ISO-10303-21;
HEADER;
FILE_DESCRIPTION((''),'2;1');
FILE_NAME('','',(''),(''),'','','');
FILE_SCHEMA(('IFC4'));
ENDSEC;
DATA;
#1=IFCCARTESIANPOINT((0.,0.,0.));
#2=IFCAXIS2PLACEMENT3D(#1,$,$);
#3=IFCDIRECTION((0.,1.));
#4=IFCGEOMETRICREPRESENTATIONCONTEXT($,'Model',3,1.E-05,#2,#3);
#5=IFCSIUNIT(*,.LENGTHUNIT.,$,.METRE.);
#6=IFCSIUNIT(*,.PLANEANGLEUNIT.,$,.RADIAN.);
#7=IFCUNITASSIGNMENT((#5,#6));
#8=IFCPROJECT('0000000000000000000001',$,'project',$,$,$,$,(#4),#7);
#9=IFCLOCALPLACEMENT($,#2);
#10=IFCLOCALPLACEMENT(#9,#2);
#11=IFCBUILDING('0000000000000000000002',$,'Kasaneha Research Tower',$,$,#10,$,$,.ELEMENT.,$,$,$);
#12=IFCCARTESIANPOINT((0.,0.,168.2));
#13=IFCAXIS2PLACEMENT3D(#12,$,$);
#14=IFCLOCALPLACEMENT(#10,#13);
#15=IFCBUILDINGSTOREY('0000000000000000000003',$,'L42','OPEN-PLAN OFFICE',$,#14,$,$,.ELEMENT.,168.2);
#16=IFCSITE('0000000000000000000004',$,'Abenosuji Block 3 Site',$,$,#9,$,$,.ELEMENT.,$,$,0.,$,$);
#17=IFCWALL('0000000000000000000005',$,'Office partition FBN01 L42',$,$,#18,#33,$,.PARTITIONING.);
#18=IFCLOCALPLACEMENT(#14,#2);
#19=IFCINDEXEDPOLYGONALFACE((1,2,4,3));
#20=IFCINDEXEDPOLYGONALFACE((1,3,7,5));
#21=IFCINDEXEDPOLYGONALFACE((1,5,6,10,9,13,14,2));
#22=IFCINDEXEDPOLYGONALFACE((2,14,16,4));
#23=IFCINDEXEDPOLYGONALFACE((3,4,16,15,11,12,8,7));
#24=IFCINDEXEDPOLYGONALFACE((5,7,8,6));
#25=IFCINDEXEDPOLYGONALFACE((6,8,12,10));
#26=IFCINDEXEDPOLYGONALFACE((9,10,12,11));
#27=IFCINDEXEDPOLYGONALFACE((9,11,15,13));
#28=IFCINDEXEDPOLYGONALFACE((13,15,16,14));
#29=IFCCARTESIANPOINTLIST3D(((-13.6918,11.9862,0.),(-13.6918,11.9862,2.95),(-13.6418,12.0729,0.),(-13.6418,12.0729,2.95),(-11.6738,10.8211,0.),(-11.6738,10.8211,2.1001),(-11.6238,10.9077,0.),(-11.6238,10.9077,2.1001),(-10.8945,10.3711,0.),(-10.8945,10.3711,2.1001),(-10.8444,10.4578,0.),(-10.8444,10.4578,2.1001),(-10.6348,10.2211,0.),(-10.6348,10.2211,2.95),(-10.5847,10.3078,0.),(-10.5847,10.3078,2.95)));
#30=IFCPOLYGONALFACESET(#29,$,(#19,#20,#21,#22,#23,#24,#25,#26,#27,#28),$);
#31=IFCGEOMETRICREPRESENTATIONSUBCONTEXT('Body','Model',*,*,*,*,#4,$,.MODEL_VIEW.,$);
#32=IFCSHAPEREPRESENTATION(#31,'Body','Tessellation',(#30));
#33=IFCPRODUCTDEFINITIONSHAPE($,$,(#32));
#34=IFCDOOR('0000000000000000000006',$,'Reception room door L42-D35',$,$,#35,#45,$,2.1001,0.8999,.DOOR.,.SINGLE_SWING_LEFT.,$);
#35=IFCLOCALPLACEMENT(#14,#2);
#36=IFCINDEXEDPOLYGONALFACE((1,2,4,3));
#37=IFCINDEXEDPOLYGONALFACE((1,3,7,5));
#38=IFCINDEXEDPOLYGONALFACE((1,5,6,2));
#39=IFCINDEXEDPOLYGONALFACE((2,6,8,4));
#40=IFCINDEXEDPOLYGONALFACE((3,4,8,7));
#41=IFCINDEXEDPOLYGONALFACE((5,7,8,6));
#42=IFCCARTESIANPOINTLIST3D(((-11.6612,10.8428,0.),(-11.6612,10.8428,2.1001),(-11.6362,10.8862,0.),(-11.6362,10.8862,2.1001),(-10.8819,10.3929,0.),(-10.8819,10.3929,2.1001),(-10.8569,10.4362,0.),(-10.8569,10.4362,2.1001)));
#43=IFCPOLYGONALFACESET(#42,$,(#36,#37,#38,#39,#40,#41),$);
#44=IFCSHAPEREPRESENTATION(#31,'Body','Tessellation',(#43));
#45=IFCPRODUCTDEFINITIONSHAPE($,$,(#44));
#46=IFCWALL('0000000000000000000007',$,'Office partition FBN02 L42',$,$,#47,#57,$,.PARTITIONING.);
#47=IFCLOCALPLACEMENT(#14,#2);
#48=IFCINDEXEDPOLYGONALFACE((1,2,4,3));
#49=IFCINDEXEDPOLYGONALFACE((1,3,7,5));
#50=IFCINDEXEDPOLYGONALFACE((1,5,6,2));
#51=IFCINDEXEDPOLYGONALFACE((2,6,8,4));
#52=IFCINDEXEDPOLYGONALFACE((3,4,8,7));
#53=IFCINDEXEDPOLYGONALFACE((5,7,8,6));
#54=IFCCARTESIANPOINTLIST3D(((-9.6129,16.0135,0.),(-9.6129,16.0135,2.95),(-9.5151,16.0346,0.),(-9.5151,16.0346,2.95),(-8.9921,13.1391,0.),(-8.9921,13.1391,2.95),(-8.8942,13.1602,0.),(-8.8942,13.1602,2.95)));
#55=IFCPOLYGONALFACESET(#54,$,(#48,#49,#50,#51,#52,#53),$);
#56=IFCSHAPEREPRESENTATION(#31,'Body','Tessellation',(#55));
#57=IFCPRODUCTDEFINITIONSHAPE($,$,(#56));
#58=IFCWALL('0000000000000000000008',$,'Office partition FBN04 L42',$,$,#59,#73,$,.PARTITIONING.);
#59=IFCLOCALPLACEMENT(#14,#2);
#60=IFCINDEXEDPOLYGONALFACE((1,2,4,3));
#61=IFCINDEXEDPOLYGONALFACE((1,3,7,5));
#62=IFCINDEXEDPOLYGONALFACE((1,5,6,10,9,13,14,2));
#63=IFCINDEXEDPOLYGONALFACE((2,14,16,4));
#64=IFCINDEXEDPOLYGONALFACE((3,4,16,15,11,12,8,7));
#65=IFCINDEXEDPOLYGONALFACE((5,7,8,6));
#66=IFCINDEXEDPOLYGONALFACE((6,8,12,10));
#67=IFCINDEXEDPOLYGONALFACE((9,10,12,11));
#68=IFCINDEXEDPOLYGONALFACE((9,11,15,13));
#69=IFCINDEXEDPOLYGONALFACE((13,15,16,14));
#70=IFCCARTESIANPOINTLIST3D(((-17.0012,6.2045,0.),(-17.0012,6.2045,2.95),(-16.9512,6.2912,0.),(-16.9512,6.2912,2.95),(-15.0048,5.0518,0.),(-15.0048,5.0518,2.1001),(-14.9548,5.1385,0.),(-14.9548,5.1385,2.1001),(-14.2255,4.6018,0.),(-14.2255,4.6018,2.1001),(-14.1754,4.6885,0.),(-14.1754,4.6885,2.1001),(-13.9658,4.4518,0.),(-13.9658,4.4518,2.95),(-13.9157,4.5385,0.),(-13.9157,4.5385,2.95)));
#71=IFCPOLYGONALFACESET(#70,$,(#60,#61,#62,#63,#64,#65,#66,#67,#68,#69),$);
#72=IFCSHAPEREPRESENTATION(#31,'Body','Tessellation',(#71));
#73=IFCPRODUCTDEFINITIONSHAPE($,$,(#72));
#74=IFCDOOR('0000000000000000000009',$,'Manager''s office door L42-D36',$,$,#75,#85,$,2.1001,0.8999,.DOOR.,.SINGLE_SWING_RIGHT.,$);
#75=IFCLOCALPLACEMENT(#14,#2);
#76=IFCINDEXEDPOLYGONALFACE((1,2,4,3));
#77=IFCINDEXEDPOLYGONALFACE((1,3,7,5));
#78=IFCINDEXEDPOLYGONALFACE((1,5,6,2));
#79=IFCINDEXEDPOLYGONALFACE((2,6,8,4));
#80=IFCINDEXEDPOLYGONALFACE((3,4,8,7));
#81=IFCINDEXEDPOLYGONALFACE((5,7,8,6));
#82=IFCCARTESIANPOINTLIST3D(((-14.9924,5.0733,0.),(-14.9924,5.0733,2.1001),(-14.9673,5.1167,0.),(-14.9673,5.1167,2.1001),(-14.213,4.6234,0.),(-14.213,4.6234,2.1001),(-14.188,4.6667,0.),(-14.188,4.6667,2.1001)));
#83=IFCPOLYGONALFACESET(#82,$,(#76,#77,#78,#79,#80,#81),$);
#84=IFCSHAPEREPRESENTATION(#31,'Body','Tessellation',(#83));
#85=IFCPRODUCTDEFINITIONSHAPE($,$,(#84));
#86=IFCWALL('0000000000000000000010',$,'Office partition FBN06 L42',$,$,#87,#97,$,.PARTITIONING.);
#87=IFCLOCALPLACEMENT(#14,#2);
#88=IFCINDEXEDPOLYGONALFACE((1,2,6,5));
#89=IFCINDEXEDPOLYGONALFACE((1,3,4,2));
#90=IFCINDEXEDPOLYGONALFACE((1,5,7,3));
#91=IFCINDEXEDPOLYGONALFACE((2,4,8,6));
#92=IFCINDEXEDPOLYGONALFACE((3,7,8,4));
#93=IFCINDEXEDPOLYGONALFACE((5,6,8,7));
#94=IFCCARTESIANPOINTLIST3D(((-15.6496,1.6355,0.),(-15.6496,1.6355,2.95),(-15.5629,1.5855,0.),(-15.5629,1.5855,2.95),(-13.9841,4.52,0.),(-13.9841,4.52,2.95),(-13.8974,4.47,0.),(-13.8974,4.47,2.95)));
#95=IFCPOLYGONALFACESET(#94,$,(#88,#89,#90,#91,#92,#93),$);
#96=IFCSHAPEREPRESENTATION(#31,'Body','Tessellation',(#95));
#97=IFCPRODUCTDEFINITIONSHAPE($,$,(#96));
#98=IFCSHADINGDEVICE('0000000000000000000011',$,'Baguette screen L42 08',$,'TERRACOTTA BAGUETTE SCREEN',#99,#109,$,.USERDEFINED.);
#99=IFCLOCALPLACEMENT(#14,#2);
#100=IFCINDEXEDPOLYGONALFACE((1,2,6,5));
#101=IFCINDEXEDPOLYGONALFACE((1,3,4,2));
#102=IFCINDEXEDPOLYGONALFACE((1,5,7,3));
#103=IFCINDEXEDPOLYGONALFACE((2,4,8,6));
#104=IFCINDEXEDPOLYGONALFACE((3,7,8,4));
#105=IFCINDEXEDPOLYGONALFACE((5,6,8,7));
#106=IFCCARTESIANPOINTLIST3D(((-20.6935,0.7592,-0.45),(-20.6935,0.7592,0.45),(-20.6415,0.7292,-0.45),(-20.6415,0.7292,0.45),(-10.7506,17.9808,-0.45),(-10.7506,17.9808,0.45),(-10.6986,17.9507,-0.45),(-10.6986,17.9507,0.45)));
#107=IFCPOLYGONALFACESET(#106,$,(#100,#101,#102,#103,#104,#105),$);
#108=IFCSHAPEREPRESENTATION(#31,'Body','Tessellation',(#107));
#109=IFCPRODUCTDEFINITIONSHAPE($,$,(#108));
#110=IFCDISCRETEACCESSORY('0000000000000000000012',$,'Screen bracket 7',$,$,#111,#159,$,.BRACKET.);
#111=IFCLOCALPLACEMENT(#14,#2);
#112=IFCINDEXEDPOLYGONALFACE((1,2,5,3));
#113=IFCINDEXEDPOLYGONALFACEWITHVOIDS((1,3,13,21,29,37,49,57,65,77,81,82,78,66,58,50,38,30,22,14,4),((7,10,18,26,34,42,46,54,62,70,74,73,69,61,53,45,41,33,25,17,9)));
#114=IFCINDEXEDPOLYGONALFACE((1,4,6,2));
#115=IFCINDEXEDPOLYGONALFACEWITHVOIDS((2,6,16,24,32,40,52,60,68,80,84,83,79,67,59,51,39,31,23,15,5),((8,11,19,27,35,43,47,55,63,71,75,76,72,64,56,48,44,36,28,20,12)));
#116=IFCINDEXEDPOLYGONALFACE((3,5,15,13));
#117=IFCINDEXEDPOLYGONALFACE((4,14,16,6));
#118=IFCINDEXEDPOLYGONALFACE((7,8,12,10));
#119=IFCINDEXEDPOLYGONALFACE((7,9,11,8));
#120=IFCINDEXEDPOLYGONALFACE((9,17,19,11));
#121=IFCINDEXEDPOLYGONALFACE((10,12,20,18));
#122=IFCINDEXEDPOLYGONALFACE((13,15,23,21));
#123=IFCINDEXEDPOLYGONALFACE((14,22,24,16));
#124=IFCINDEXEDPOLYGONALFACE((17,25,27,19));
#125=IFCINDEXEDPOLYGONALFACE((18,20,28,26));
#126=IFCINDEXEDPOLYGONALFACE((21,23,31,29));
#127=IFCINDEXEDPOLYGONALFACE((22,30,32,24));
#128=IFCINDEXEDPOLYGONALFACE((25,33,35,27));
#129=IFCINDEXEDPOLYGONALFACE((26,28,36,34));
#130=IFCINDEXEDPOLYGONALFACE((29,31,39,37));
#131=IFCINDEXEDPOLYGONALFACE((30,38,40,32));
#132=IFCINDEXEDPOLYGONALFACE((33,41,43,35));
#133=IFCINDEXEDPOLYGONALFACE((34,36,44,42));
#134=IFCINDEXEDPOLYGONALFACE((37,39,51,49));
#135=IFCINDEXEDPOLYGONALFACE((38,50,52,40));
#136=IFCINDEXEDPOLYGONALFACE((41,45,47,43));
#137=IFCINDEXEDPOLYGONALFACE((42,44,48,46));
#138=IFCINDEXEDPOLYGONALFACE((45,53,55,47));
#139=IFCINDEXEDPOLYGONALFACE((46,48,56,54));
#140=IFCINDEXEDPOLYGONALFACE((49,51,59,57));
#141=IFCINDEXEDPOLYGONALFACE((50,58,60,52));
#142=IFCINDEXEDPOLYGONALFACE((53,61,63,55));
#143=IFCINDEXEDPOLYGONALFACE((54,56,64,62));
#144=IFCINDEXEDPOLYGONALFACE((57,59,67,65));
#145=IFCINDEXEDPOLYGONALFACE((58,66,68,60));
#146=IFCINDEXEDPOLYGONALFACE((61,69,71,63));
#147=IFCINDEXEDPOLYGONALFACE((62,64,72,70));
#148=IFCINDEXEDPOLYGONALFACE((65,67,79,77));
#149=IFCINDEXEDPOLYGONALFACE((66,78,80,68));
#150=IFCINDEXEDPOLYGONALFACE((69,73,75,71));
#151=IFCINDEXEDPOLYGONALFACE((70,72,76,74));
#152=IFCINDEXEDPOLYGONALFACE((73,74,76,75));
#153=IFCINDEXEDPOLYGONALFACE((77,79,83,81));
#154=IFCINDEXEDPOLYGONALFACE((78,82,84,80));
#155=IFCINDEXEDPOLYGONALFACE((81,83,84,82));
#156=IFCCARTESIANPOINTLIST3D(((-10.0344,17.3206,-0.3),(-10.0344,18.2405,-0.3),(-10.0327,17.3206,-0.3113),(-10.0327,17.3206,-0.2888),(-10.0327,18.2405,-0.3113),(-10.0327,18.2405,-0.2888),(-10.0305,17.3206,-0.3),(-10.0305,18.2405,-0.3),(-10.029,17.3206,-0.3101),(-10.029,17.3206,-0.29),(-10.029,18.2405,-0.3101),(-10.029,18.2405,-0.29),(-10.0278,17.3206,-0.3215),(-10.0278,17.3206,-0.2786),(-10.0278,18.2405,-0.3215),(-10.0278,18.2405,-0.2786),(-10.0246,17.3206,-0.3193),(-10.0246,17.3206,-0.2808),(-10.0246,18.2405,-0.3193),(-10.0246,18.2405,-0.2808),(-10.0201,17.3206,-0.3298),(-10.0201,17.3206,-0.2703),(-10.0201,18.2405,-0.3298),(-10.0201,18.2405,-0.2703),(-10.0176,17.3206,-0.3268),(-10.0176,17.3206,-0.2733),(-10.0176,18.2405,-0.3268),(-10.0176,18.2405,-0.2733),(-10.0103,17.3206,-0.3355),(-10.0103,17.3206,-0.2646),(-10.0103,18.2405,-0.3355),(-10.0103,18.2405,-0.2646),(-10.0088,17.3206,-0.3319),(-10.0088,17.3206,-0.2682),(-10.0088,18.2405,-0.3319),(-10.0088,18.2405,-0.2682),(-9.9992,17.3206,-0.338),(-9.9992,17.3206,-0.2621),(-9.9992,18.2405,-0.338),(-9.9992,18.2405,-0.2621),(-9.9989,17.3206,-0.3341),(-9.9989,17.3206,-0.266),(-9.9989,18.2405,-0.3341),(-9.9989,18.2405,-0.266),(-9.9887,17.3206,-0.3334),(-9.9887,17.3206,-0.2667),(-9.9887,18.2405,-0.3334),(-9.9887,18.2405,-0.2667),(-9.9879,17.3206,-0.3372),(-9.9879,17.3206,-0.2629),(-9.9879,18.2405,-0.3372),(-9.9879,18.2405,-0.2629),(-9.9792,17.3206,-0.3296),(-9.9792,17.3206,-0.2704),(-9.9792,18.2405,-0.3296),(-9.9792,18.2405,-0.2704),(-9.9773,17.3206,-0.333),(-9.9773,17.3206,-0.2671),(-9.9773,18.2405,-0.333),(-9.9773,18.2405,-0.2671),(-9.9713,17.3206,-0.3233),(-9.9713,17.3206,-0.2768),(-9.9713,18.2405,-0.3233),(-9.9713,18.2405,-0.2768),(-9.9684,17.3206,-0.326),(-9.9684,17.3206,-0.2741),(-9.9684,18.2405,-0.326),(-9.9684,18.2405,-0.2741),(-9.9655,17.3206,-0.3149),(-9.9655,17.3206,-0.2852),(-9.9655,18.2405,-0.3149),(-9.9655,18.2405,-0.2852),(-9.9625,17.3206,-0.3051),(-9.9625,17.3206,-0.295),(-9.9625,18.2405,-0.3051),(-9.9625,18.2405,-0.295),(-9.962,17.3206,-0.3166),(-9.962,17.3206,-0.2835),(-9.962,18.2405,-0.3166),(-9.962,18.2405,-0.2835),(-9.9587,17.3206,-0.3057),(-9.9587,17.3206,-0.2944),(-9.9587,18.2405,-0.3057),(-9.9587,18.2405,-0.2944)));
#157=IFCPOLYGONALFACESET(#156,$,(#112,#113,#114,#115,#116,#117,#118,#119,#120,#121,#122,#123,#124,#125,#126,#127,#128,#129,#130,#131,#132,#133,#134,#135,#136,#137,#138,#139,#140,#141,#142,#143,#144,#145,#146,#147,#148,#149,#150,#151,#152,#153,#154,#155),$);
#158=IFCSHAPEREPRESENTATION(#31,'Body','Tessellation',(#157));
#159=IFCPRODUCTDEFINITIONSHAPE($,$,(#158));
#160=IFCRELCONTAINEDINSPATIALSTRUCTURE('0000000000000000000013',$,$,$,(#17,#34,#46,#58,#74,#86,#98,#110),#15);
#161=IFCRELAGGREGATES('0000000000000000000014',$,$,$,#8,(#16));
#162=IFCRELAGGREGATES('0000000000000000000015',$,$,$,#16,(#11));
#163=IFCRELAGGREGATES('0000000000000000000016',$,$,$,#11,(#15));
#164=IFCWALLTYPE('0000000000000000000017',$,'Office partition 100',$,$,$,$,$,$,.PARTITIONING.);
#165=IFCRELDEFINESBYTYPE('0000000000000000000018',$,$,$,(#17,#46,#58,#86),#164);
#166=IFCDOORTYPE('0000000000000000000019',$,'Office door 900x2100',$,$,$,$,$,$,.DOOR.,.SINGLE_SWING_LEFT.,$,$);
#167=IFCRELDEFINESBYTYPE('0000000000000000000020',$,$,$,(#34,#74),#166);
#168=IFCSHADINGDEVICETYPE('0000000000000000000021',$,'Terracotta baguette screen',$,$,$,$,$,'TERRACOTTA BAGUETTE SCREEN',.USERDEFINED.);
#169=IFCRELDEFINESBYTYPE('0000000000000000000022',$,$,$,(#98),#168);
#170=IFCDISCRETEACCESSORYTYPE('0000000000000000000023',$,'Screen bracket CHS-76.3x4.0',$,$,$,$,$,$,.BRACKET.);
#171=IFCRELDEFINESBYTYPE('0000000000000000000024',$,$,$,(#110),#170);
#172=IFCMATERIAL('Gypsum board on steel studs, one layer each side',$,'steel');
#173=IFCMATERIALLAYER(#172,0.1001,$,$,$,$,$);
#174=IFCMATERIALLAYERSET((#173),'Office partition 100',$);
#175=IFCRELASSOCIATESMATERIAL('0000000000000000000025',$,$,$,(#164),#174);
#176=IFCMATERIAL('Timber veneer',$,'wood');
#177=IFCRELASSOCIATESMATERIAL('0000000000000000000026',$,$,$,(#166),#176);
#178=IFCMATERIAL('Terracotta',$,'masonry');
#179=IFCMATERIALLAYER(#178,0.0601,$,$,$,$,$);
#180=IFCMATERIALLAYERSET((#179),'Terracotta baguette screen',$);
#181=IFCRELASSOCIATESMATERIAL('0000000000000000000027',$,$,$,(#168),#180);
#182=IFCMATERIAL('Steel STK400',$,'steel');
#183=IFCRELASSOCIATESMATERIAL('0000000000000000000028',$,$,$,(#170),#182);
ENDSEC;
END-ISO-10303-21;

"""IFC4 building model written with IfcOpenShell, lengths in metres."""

from ifc_helpers import new_model, si_unit, direction, frame, frame_2d, origin, origin_2d, place, context, subcontext, project, spatial, rectangle, hollow_circle, extrude, material, layer, layer_set, material_profile, profile_set, type_object, element, fill, save


model = new_model("IFC4")

# Units and contexts
model_context = context("Model", 3, precision=1e-05, world=origin(), true_north=direction((0.0, 1.0)))
body_context = subcontext(model_context, "Body", "Model", "MODEL_VIEW")
ifc_project = project(units=[si_unit("LENGTHUNIT", "METRE"), si_unit("PLANEANGLEUNIT", "RADIAN")], contexts=[model_context])

# Site, building, storey
site_placement = place(None, origin())
site = spatial("IfcSite", under=ifc_project, at=site_placement, Name="Abenosuji Block 3 Site", CompositionType="ELEMENT", RefElevation=0.0)
building_placement = place(site_placement, origin())
building = spatial("IfcBuilding", under=site, at=building_placement, Name="Kasaneha Research Tower", CompositionType="ELEMENT")
storey_placement = place(building_placement, frame((0.0, 0.0, 168.2)))
storey = spatial("IfcBuildingStorey", under=building, at=storey_placement, Name="L42", Description="OPEN-PLAN OFFICE", CompositionType="ELEMENT", Elevation=168.2)

# Wall, opening, door
ifc_material_1 = material(Name="Gypsum board on steel studs, one layer each side", Category="steel")
ifc_layer_1 = layer(ifc_material_1, 0.1001)
ifc_layer_set_1 = layer_set([ifc_layer_1], Name="Office partition 100")
wall_type = type_object("IfcWallType", Name="Office partition 100", PredefinedType="PARTITIONING", material=ifc_layer_set_1)
wall_1_placement = place(storey_placement, frame((-10.6096, 10.2644, 0.0), z_axis=(0.0, 0.0, 1.0), x_axis=(-0.866013, 0.500022, 0.0)))
wall_1 = element("IfcWall", 1, at=wall_1_placement, inside=storey, type_object=wall_type, Name="Office partition FBN01 L42", PredefinedType="PARTITIONING", context=body_context, shape_type="SweptSolid", body=[
    extrude(rectangle(XDim=3.53, YDim=0.1001, at=frame_2d((1.7651, 0.0))), origin(), (0.0, 0.0, 1.0), 2.95),
])
opening_1_placement = place(wall_1_placement, frame((0.3, 0.0, 0.0)))
opening_1 = element("IfcOpeningElement", 2, at=opening_1_placement, cuts=wall_1, PredefinedType="OPENING", context=body_context, shape_type="SweptSolid", body=[
    extrude(rectangle(XDim=0.8999, YDim=2.1001, at=frame_2d((0.45, 1.05))), frame((0.0, 0.0601, 0.0), z_axis=(0.0, -1.0, 0.0), x_axis=(1.0, 0.0, 0.0)), (0.0, 0.0, 1.0), 0.1201),
])
ifc_material_2 = material(Name="Timber veneer", Category="wood")
door_type = type_object("IfcDoorType", Name="Office door 900x2100", OperationType="SINGLE_SWING_LEFT", PredefinedType="DOOR", material=ifc_material_2)
door_1_placement = place(opening_1_placement, origin())
door_1 = element("IfcDoor", 3, at=door_1_placement, inside=storey, type_object=door_type, Name="Reception room door L42-D35", OperationType="SINGLE_SWING_LEFT", OverallHeight=2.1001, OverallWidth=0.8999, PredefinedType="DOOR", context=body_context, shape_type="SweptSolid", body=[
    extrude(rectangle(XDim=0.8999, YDim=2.1001, at=frame_2d((0.45, 1.05))), frame((0.0, 0.0249, 0.0), z_axis=(0.0, -1.0, 0.0), x_axis=(1.0, 0.0, 0.0)), (0.0, 0.0, 1.0), 0.05),
])
fill(opening_1, door_1)

# Wall
wall_2_placement = place(storey_placement, frame((-9.564, 16.0239, 0.0), z_axis=(0.0, 0.0, 1.0), x_axis=(0.211116, -0.977461, 0.0)))
element("IfcWall", 4, at=wall_2_placement, inside=storey, type_object=wall_type, Name="Office partition FBN02 L42", PredefinedType="PARTITIONING", context=body_context, shape_type="SweptSolid", body=[
    extrude(rectangle(XDim=2.9407, YDim=0.1001, at=frame_2d((1.4702, 0.0))), origin(), (0.0, 0.0, 1.0), 2.95),
])

# Wall, opening, door
wall_3_placement = place(storey_placement, frame((-16.9761, 6.2478, 0.0), z_axis=(0.0, 0.0, 1.0), x_axis=(0.866001, -0.500042, 0.0)))
wall_3 = element("IfcWall", 5, at=wall_3_placement, inside=storey, type_object=wall_type, Name="Office partition FBN04 L42", PredefinedType="PARTITIONING", context=body_context, shape_type="SweptSolid", body=[
    extrude(rectangle(XDim=3.5051, YDim=0.1001, at=frame_2d((1.7524, 0.0))), origin(), (0.0, 0.0, 1.0), 2.95),
])
opening_2_placement = place(wall_3_placement, frame((2.3052, 0.0, 0.0)))
opening_2 = element("IfcOpeningElement", 6, at=opening_2_placement, cuts=wall_3, PredefinedType="OPENING", context=body_context, shape_type="SweptSolid", body=[
    extrude(rectangle(XDim=0.8999, YDim=2.1001, at=frame_2d((0.45, 1.05))), frame((0.0, 0.0601, 0.0), z_axis=(0.0, -1.0, 0.0), x_axis=(1.0, 0.0, 0.0)), (0.0, 0.0, 1.0), 0.1201),
])
door_2_placement = place(opening_2_placement, origin())
door_2 = element("IfcDoor", 7, at=door_2_placement, inside=storey, type_object=door_type, Name="Manager's office door L42-D36", OperationType="SINGLE_SWING_RIGHT", OverallHeight=2.1001, OverallWidth=0.8999, PredefinedType="DOOR", context=body_context, shape_type="SweptSolid", body=[
    extrude(rectangle(XDim=0.8999, YDim=2.1001, at=frame_2d((0.45, 1.05))), frame((0.0, 0.0249, 0.0), z_axis=(0.0, -1.0, 0.0), x_axis=(1.0, 0.0, 0.0)), (0.0, 0.0, 1.0), 0.05),
])
fill(opening_2, door_2)

# Wall
wall_4_placement = place(storey_placement, frame((-13.9407, 4.4951, 0.0), z_axis=(0.0, 0.0, 1.0), x_axis=(-0.500033, -0.866006, 0.0)))
element("IfcWall", 8, at=wall_4_placement, inside=storey, type_object=wall_type, Name="Office partition FBN06 L42", PredefinedType="PARTITIONING", context=body_context, shape_type="SweptSolid", body=[
    extrude(rectangle(XDim=3.3308, YDim=0.1001, at=frame_2d((1.6655, 0.0))), origin(), (0.0, 0.0, 1.0), 2.95),
])

# Shading device
ifc_material_3 = material(Name="Terracotta", Category="masonry")
ifc_layer_2 = layer(ifc_material_3, 0.0601)
ifc_layer_set_2 = layer_set([ifc_layer_2], Name="Terracotta baguette screen")
shading_device_type = type_object("IfcShadingDeviceType", Name="Terracotta baguette screen", ElementType="TERRACOTTA BAGUETTE SCREEN", PredefinedType="USERDEFINED", material=ifc_layer_set_2)
shading_device_placement = place(storey_placement, frame((-15.696, 9.355, -0.45), z_axis=(0.0, 0.0, 1.0), x_axis=(-0.5, -0.866025, 0.0)))
element("IfcShadingDevice", 9, at=shading_device_placement, inside=storey, type_object=shading_device_type, Name="Baguette screen L42 08", ObjectType="TERRACOTTA BAGUETTE SCREEN", PredefinedType="USERDEFINED", context=body_context, shape_type="SweptSolid", body=[
    extrude(rectangle(XDim=19.8857, YDim=0.0601, at=origin_2d()), origin(), (0.0, 0.0, 1.0), 0.8999),
])

# Discrete accessory
ifc_material_4 = material(Name="Steel STK400", Category="steel")
ifc_material_profile_1 = material_profile(ifc_material_4, hollow_circle(Radius=0.0381, WallThickness=0.0039, at=origin_2d()), Name="CHS-76.3x4.0")
ifc_profile_set_1 = profile_set([ifc_material_profile_1], Name="Steel STK400")
discrete_accessory_type = type_object("IfcDiscreteAccessoryType", Name="Screen bracket CHS-76.3x4.0", PredefinedType="BRACKET", material=ifc_profile_set_1)
discrete_accessory_placement = place(storey_placement, frame((-9.9963, 17.3206, -0.3), z_axis=(0.0, 1.0, 0.0), x_axis=(-1.0, 0.0, 0.0)))
element("IfcDiscreteAccessory", 10, at=discrete_accessory_placement, inside=storey, type_object=discrete_accessory_type, Name="Screen bracket 7", PredefinedType="BRACKET", context=body_context, shape_type="SweptSolid", body=[
    extrude(hollow_circle(Radius=0.0381, WallThickness=0.0039, at=origin_2d()), origin(), (0.0, 0.0, 1.0), 0.9199),
])

save(model, "model.ifc")
